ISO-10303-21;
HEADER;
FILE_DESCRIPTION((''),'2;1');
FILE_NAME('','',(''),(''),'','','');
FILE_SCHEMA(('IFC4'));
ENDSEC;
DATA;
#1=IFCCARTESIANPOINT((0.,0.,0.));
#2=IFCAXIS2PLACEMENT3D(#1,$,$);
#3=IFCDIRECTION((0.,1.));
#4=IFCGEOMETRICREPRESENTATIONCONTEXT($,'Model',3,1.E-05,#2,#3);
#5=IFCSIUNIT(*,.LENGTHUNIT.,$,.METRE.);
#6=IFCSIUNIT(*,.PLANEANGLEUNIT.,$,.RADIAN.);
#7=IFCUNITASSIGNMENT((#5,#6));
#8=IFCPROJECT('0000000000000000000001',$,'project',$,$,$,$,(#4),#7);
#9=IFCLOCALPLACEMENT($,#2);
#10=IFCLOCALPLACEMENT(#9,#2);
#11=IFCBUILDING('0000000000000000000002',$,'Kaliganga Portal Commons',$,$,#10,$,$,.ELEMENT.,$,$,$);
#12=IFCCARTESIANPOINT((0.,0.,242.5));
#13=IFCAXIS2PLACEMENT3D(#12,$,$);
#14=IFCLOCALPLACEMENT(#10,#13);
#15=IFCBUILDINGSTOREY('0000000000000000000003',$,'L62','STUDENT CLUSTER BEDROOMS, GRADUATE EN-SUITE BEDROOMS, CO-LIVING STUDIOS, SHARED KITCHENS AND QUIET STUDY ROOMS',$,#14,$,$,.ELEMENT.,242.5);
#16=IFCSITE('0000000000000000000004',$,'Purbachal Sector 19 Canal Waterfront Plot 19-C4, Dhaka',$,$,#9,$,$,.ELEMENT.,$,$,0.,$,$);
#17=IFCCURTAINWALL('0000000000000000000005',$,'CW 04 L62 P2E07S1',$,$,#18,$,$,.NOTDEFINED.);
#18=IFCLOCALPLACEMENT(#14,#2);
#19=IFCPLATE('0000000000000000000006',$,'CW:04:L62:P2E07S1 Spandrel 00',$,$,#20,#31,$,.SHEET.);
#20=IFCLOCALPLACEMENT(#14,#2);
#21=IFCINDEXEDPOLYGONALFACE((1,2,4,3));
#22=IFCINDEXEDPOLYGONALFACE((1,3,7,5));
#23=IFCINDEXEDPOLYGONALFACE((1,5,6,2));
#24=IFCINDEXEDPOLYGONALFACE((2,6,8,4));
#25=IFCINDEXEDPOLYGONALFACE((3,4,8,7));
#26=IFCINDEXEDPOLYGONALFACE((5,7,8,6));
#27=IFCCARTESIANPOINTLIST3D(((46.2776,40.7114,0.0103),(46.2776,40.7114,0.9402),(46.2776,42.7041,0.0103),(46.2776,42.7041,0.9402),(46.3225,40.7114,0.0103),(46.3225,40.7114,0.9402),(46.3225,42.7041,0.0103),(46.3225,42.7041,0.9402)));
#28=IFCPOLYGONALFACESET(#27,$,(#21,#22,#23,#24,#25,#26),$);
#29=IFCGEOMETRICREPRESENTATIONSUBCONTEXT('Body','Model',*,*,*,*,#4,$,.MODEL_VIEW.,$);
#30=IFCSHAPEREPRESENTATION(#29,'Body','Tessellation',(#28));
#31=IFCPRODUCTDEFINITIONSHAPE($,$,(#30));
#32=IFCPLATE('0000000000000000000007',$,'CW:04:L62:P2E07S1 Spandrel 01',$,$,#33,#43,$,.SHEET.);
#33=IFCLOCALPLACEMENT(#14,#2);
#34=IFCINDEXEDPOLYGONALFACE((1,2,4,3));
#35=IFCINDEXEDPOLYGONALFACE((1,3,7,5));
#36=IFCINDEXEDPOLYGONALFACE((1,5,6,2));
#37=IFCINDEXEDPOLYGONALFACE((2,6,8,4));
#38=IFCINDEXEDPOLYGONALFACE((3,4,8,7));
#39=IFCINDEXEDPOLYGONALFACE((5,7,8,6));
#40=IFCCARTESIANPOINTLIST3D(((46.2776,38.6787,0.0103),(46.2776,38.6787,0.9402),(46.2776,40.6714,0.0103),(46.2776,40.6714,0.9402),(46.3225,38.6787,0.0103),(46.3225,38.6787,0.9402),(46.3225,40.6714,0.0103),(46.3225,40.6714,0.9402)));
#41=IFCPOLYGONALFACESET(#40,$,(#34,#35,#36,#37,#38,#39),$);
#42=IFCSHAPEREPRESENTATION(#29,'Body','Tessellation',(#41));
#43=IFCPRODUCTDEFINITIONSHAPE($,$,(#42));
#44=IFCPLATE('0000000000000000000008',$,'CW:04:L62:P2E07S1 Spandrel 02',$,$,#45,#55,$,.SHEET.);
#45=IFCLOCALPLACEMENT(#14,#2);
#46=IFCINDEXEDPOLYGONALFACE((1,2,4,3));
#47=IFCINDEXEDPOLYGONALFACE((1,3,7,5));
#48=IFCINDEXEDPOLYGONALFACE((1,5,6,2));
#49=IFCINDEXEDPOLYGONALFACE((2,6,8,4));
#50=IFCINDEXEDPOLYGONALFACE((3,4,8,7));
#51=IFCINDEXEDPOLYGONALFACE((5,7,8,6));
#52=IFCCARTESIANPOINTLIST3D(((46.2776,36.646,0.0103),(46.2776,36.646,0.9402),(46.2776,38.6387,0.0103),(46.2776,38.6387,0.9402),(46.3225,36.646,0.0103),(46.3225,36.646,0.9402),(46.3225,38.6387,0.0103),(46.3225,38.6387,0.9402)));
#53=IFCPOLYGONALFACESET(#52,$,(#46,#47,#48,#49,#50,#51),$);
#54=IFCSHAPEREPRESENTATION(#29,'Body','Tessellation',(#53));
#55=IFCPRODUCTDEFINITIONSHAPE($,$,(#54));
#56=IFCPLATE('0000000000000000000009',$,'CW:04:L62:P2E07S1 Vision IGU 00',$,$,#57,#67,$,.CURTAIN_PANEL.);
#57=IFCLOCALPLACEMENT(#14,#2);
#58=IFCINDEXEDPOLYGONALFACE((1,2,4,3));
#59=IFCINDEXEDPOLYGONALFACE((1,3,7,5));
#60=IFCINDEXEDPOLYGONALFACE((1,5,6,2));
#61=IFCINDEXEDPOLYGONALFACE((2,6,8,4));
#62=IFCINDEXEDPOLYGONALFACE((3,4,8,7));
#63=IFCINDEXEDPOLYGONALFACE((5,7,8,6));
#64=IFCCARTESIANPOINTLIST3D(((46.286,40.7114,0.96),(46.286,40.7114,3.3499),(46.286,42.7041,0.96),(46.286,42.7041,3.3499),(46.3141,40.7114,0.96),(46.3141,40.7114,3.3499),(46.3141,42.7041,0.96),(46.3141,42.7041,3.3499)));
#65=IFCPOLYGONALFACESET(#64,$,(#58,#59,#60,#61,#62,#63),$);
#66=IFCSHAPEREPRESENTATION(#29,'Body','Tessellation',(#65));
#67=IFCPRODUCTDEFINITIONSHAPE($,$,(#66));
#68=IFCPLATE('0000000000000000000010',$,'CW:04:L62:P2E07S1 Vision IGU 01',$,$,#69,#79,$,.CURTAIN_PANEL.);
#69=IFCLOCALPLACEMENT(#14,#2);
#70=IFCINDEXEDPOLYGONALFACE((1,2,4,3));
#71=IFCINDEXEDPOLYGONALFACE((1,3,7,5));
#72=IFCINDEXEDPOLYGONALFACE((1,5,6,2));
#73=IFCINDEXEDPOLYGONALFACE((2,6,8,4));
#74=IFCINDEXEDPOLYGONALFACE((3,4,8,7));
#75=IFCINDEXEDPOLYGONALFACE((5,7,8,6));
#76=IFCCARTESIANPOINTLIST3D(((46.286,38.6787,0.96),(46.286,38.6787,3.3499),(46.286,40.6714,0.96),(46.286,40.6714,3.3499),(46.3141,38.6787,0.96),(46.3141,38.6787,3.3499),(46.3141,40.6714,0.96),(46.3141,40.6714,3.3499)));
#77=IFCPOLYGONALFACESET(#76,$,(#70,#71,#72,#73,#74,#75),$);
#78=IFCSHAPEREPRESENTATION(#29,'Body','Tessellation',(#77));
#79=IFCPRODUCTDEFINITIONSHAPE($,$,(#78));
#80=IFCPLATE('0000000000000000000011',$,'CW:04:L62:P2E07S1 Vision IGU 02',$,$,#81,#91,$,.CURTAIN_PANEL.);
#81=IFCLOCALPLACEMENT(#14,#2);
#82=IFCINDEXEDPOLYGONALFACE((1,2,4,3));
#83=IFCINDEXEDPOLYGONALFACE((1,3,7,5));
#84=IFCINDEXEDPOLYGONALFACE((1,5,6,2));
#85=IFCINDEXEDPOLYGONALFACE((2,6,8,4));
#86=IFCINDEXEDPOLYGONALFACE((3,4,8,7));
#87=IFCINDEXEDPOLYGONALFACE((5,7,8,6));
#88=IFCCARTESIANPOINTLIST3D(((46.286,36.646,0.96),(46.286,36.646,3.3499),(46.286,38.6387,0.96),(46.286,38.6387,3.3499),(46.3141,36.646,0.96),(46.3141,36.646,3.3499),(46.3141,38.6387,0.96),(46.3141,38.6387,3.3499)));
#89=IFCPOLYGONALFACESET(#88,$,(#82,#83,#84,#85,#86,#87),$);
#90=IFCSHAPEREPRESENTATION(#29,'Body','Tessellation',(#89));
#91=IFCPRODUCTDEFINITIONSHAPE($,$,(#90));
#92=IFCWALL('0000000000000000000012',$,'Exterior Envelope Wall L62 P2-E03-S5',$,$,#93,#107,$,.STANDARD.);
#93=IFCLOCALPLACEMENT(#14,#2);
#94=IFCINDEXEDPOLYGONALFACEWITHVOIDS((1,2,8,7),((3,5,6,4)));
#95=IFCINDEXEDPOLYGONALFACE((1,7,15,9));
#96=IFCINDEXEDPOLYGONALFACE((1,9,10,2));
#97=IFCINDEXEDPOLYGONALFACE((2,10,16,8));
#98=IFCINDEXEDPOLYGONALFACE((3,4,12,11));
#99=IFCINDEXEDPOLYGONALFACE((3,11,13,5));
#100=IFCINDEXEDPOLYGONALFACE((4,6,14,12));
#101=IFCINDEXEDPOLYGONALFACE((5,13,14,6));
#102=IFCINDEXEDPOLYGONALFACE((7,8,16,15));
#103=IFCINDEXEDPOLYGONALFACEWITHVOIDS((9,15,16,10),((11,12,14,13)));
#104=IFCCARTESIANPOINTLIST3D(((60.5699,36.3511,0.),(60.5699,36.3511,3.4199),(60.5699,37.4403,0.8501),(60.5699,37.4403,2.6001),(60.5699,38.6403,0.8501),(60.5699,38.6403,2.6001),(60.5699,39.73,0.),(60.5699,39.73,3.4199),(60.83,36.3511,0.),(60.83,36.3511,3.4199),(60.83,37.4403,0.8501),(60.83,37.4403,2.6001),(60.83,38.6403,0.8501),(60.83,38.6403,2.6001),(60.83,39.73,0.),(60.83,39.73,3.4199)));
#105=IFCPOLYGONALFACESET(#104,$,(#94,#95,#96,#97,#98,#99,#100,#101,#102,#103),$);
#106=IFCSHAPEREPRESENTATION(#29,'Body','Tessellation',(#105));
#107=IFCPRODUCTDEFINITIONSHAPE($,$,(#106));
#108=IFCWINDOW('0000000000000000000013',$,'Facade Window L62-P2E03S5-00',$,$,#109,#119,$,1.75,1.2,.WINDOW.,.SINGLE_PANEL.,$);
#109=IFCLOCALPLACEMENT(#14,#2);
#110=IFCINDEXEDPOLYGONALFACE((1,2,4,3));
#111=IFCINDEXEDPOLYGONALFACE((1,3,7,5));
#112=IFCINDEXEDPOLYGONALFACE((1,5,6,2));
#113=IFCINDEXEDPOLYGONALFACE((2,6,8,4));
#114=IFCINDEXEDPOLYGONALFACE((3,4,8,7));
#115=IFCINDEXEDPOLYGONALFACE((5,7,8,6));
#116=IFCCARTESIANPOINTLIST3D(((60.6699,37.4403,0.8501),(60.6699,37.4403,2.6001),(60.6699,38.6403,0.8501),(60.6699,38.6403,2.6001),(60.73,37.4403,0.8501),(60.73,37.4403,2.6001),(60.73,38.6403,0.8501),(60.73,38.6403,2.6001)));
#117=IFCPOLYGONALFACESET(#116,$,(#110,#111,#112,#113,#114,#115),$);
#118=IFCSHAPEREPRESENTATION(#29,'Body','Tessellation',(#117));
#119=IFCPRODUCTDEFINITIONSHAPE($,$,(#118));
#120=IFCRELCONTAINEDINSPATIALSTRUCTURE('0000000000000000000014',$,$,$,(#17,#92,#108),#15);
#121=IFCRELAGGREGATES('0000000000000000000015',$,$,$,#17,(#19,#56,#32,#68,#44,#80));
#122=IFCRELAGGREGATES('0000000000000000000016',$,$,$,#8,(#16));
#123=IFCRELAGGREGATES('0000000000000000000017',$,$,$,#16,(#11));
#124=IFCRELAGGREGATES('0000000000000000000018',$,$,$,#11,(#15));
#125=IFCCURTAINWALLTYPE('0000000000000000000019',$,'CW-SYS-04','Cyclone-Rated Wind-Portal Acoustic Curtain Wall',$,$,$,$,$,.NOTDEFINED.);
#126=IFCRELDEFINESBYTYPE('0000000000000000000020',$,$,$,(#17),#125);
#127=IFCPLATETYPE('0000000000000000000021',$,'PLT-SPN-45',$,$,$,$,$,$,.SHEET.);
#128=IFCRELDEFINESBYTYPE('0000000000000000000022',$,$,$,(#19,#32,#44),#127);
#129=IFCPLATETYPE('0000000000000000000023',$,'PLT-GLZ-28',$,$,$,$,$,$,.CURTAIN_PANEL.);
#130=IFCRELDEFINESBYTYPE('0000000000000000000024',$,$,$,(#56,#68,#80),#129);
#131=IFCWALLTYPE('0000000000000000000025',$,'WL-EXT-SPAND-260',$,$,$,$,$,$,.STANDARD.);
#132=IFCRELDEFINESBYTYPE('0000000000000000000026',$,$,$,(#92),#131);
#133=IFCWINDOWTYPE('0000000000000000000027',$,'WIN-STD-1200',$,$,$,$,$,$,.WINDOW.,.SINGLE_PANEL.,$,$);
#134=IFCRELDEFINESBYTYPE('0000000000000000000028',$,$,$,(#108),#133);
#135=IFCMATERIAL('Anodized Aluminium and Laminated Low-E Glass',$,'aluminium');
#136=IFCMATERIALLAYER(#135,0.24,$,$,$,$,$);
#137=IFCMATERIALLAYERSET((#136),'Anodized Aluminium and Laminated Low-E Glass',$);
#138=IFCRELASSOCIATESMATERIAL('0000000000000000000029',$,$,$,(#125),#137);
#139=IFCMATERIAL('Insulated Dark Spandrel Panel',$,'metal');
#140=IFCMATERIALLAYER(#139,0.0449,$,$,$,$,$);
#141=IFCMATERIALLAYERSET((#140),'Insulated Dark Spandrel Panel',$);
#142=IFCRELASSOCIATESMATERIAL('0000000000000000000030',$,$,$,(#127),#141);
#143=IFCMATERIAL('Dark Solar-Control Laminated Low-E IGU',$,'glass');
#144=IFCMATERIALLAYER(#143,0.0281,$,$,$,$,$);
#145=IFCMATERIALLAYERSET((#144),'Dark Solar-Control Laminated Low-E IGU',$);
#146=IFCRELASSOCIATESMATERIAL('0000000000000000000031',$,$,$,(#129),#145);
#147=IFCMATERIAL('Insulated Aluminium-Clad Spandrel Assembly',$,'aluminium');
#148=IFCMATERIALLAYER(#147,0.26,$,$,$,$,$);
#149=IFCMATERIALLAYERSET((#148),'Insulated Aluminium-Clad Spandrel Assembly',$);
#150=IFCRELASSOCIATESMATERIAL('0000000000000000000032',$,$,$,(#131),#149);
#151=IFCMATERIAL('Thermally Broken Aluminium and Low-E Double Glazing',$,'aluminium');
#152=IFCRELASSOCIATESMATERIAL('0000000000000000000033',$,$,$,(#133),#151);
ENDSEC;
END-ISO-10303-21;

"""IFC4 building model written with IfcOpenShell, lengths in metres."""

from ifc_helpers import new_model, si_unit, direction, frame, frame_2d, origin, origin_2d, place, context, subcontext, project, spatial, rectangle, extrude, source, transform, mapped, material, layer, layer_set, type_object, element, fill, aggregate, save


model = new_model("IFC4")

# Units and contexts
model_context = context("Model", 3, precision=1e-05, world=origin(), true_north=direction((0.0, 1.0)))
body_context = subcontext(model_context, "Body", "Model", "MODEL_VIEW")
ifc_project = project(units=[si_unit("LENGTHUNIT", "METRE"), si_unit("PLANEANGLEUNIT", "RADIAN")], contexts=[model_context])

# Site, building, storey
site_placement = place(None, origin())
site = spatial("IfcSite", under=ifc_project, at=site_placement, Name="Purbachal Sector 19 Canal Waterfront Plot 19-C4, Dhaka", CompositionType="ELEMENT", RefElevation=0.0)
building_placement = place(site_placement, origin())
building = spatial("IfcBuilding", under=site, at=building_placement, Name="Kaliganga Portal Commons", CompositionType="ELEMENT")
storey_placement = place(building_placement, frame((0.0, 0.0, 242.5)))
storey = spatial("IfcBuildingStorey", under=building, at=storey_placement, Name="L62", Description="STUDENT CLUSTER BEDROOMS, GRADUATE EN-SUITE BEDROOMS, CO-LIVING STUDIOS, SHARED KITCHENS AND QUIET STUDY ROOMS", CompositionType="ELEMENT", Elevation=242.5)

# Curtain wall, plates
ifc_material_1 = material(Name="Anodized Aluminium and Laminated Low-E Glass", Category="aluminium")
ifc_layer_1 = layer(ifc_material_1, 0.24)
ifc_layer_set_1 = layer_set([ifc_layer_1], Name="Anodized Aluminium and Laminated Low-E Glass")
curtain_wall_type = type_object("IfcCurtainWallType", Name="CW-SYS-04", Description="Cyclone-Rated Wind-Portal Acoustic Curtain Wall", PredefinedType="NOTDEFINED", material=ifc_layer_set_1)
curtain_wall_placement = place(storey_placement, origin())
curtain_wall = element("IfcCurtainWall", 1, at=curtain_wall_placement, inside=storey, type_object=curtain_wall_type, Name="CW 04 L62 P2E07S1", PredefinedType="NOTDEFINED")
ifc_material_2 = material(Name="Insulated Dark Spandrel Panel", Category="metal")
ifc_layer_2 = layer(ifc_material_2, 0.0449)
ifc_layer_set_2 = layer_set([ifc_layer_2], Name="Insulated Dark Spandrel Panel")
plate_type_1 = type_object("IfcPlateType", Name="PLT-SPN-45", PredefinedType="SHEET", material=ifc_layer_set_2)
shared_shape_1 = source(origin(), body_context, "Body", "SweptSolid", [
    extrude(rectangle(XDim=1.9927, YDim=0.0449, at=origin_2d()), origin(), (0.0, 0.0, 1.0), 0.9299),
])
plate_1_placement = place(storey_placement, frame((46.3, 41.7078, 0.0103), z_axis=(0.0, 0.0, 1.0), x_axis=(0.0, -1.0, 0.0)))
plate_1 = element("IfcPlate", 2, at=plate_1_placement, type_object=plate_type_1, Name="CW:04:L62:P2E07S1 Spandrel 00", PredefinedType="SHEET", context=body_context, shape_type="MappedRepresentation", body=[
    mapped(shared_shape_1, transform((0.0, 0.0, 0.0), x_axis=(1.0, 0.0, 0.0), y_axis=(0.0, 1.0, 0.0), z_axis=(0.0, 0.0, 1.0), scale=1.0)),
])
plate_2_placement = place(storey_placement, frame((46.3, 39.675, 0.0103), z_axis=(0.0, 0.0, 1.0), x_axis=(0.0, -1.0, 0.0)))
plate_2 = element("IfcPlate", 3, at=plate_2_placement, type_object=plate_type_1, Name="CW:04:L62:P2E07S1 Spandrel 01", PredefinedType="SHEET", context=body_context, shape_type="MappedRepresentation", body=[
    mapped(shared_shape_1, transform((0.0, 0.0, 0.0), x_axis=(1.0, 0.0, 0.0), y_axis=(0.0, 1.0, 0.0), z_axis=(0.0, 0.0, 1.0), scale=1.0)),
])
plate_3_placement = place(storey_placement, frame((46.3, 37.6423, 0.0103), z_axis=(0.0, 0.0, 1.0), x_axis=(0.0, -1.0, 0.0)))
plate_3 = element("IfcPlate", 4, at=plate_3_placement, type_object=plate_type_1, Name="CW:04:L62:P2E07S1 Spandrel 02", PredefinedType="SHEET", context=body_context, shape_type="MappedRepresentation", body=[
    mapped(shared_shape_1, transform((0.0, 0.0, 0.0), x_axis=(1.0, 0.0, 0.0), y_axis=(0.0, 1.0, 0.0), z_axis=(0.0, 0.0, 1.0), scale=1.0)),
])
ifc_material_3 = material(Name="Dark Solar-Control Laminated Low-E IGU", Category="glass")
ifc_layer_3 = layer(ifc_material_3, 0.0281)
ifc_layer_set_3 = layer_set([ifc_layer_3], Name="Dark Solar-Control Laminated Low-E IGU")
plate_type_2 = type_object("IfcPlateType", Name="PLT-GLZ-28", PredefinedType="CURTAIN_PANEL", material=ifc_layer_set_3)
shared_shape_2 = source(origin(), body_context, "Body", "SweptSolid", [
    extrude(rectangle(XDim=1.9927, YDim=0.0281, at=origin_2d()), origin(), (0.0, 0.0, 1.0), 2.3899),
])
plate_4_placement = place(storey_placement, frame((46.3, 41.7078, 0.96), z_axis=(0.0, 0.0, 1.0), x_axis=(0.0, -1.0, 0.0)))
plate_4 = element("IfcPlate", 5, at=plate_4_placement, type_object=plate_type_2, Name="CW:04:L62:P2E07S1 Vision IGU 00", PredefinedType="CURTAIN_PANEL", context=body_context, shape_type="MappedRepresentation", body=[
    mapped(shared_shape_2, transform((0.0, 0.0, 0.0), x_axis=(1.0, 0.0, 0.0), y_axis=(0.0, 1.0, 0.0), z_axis=(0.0, 0.0, 1.0), scale=1.0)),
])
plate_5_placement = place(storey_placement, frame((46.3, 39.675, 0.96), z_axis=(0.0, 0.0, 1.0), x_axis=(0.0, -1.0, 0.0)))
plate_5 = element("IfcPlate", 6, at=plate_5_placement, type_object=plate_type_2, Name="CW:04:L62:P2E07S1 Vision IGU 01", PredefinedType="CURTAIN_PANEL", context=body_context, shape_type="MappedRepresentation", body=[
    mapped(shared_shape_2, transform((0.0, 0.0, 0.0), x_axis=(1.0, 0.0, 0.0), y_axis=(0.0, 1.0, 0.0), z_axis=(0.0, 0.0, 1.0), scale=1.0)),
])
plate_6_placement = place(storey_placement, frame((46.3, 37.6423, 0.96), z_axis=(0.0, 0.0, 1.0), x_axis=(0.0, -1.0, 0.0)))
plate_6 = element("IfcPlate", 7, at=plate_6_placement, type_object=plate_type_2, Name="CW:04:L62:P2E07S1 Vision IGU 02", PredefinedType="CURTAIN_PANEL", context=body_context, shape_type="MappedRepresentation", body=[
    mapped(shared_shape_2, transform((0.0, 0.0, 0.0), x_axis=(1.0, 0.0, 0.0), y_axis=(0.0, 1.0, 0.0), z_axis=(0.0, 0.0, 1.0), scale=1.0)),
])
aggregate(curtain_wall, [plate_1, plate_4, plate_2, plate_5, plate_3, plate_6])

# Wall, opening, window
ifc_material_4 = material(Name="Insulated Aluminium-Clad Spandrel Assembly", Category="aluminium")
ifc_layer_4 = layer(ifc_material_4, 0.26)
ifc_layer_set_4 = layer_set([ifc_layer_4], Name="Insulated Aluminium-Clad Spandrel Assembly")
wall_type_1 = type_object("IfcWallType", Name="WL-EXT-SPAND-260", PredefinedType="STANDARD", material=ifc_layer_set_4)
wall_1_placement = place(storey_placement, frame((60.7, 39.73, 0.0), z_axis=(0.0, 0.0, 1.0), x_axis=(0.0, -1.0, 0.0)))
wall_1 = element("IfcWall", 8, at=wall_1_placement, inside=storey, type_object=wall_type_1, Name="Exterior Envelope Wall L62 P2-E03-S5", PredefinedType="STANDARD", context=body_context, shape_type="SweptSolid", body=[
    extrude(rectangle(XDim=3.3789, YDim=0.26, at=frame_2d((1.6895, 0.0))), origin(), (0.0, 0.0, 1.0), 3.4199),
])
opening_1_placement = place(wall_1_placement, frame((1.0896, 0.0, 0.8501)))
opening_1 = element("IfcOpeningElement", 9, at=opening_1_placement, cuts=wall_1, PredefinedType="OPENING", context=body_context, shape_type="SweptSolid", body=[
    extrude(rectangle(XDim=1.2, YDim=1.75, at=frame_2d((0.6001, 0.875))), frame((0.0, 0.1401, 0.0), z_axis=(0.0, -1.0, 0.0), x_axis=(1.0, 0.0, 0.0)), (0.0, 0.0, 1.0), 0.28),
])
ifc_material_5 = material(Name="Thermally Broken Aluminium and Low-E Double Glazing", Category="aluminium")
window_type = type_object("IfcWindowType", Name="WIN-STD-1200", PartitioningType="SINGLE_PANEL", PredefinedType="WINDOW", material=ifc_material_5)
window_1_placement = place(opening_1_placement, origin())
window_1 = element("IfcWindow", 10, at=window_1_placement, inside=storey, type_object=window_type, Name="Facade Window L62-P2E03S5-00", OverallHeight=1.75, OverallWidth=1.2, PartitioningType="SINGLE_PANEL", PredefinedType="WINDOW", context=body_context, shape_type="SweptSolid", body=[
    extrude(rectangle(XDim=1.2, YDim=1.75, at=frame_2d((0.6001, 0.875))), frame((0.0, 0.03, 0.0), z_axis=(0.0, -1.0, 0.0), x_axis=(1.0, 0.0, 0.0)), (0.0, 0.0, 1.0), 0.0601),
])
fill(opening_1, window_1)

save(model, "model.ifc")
